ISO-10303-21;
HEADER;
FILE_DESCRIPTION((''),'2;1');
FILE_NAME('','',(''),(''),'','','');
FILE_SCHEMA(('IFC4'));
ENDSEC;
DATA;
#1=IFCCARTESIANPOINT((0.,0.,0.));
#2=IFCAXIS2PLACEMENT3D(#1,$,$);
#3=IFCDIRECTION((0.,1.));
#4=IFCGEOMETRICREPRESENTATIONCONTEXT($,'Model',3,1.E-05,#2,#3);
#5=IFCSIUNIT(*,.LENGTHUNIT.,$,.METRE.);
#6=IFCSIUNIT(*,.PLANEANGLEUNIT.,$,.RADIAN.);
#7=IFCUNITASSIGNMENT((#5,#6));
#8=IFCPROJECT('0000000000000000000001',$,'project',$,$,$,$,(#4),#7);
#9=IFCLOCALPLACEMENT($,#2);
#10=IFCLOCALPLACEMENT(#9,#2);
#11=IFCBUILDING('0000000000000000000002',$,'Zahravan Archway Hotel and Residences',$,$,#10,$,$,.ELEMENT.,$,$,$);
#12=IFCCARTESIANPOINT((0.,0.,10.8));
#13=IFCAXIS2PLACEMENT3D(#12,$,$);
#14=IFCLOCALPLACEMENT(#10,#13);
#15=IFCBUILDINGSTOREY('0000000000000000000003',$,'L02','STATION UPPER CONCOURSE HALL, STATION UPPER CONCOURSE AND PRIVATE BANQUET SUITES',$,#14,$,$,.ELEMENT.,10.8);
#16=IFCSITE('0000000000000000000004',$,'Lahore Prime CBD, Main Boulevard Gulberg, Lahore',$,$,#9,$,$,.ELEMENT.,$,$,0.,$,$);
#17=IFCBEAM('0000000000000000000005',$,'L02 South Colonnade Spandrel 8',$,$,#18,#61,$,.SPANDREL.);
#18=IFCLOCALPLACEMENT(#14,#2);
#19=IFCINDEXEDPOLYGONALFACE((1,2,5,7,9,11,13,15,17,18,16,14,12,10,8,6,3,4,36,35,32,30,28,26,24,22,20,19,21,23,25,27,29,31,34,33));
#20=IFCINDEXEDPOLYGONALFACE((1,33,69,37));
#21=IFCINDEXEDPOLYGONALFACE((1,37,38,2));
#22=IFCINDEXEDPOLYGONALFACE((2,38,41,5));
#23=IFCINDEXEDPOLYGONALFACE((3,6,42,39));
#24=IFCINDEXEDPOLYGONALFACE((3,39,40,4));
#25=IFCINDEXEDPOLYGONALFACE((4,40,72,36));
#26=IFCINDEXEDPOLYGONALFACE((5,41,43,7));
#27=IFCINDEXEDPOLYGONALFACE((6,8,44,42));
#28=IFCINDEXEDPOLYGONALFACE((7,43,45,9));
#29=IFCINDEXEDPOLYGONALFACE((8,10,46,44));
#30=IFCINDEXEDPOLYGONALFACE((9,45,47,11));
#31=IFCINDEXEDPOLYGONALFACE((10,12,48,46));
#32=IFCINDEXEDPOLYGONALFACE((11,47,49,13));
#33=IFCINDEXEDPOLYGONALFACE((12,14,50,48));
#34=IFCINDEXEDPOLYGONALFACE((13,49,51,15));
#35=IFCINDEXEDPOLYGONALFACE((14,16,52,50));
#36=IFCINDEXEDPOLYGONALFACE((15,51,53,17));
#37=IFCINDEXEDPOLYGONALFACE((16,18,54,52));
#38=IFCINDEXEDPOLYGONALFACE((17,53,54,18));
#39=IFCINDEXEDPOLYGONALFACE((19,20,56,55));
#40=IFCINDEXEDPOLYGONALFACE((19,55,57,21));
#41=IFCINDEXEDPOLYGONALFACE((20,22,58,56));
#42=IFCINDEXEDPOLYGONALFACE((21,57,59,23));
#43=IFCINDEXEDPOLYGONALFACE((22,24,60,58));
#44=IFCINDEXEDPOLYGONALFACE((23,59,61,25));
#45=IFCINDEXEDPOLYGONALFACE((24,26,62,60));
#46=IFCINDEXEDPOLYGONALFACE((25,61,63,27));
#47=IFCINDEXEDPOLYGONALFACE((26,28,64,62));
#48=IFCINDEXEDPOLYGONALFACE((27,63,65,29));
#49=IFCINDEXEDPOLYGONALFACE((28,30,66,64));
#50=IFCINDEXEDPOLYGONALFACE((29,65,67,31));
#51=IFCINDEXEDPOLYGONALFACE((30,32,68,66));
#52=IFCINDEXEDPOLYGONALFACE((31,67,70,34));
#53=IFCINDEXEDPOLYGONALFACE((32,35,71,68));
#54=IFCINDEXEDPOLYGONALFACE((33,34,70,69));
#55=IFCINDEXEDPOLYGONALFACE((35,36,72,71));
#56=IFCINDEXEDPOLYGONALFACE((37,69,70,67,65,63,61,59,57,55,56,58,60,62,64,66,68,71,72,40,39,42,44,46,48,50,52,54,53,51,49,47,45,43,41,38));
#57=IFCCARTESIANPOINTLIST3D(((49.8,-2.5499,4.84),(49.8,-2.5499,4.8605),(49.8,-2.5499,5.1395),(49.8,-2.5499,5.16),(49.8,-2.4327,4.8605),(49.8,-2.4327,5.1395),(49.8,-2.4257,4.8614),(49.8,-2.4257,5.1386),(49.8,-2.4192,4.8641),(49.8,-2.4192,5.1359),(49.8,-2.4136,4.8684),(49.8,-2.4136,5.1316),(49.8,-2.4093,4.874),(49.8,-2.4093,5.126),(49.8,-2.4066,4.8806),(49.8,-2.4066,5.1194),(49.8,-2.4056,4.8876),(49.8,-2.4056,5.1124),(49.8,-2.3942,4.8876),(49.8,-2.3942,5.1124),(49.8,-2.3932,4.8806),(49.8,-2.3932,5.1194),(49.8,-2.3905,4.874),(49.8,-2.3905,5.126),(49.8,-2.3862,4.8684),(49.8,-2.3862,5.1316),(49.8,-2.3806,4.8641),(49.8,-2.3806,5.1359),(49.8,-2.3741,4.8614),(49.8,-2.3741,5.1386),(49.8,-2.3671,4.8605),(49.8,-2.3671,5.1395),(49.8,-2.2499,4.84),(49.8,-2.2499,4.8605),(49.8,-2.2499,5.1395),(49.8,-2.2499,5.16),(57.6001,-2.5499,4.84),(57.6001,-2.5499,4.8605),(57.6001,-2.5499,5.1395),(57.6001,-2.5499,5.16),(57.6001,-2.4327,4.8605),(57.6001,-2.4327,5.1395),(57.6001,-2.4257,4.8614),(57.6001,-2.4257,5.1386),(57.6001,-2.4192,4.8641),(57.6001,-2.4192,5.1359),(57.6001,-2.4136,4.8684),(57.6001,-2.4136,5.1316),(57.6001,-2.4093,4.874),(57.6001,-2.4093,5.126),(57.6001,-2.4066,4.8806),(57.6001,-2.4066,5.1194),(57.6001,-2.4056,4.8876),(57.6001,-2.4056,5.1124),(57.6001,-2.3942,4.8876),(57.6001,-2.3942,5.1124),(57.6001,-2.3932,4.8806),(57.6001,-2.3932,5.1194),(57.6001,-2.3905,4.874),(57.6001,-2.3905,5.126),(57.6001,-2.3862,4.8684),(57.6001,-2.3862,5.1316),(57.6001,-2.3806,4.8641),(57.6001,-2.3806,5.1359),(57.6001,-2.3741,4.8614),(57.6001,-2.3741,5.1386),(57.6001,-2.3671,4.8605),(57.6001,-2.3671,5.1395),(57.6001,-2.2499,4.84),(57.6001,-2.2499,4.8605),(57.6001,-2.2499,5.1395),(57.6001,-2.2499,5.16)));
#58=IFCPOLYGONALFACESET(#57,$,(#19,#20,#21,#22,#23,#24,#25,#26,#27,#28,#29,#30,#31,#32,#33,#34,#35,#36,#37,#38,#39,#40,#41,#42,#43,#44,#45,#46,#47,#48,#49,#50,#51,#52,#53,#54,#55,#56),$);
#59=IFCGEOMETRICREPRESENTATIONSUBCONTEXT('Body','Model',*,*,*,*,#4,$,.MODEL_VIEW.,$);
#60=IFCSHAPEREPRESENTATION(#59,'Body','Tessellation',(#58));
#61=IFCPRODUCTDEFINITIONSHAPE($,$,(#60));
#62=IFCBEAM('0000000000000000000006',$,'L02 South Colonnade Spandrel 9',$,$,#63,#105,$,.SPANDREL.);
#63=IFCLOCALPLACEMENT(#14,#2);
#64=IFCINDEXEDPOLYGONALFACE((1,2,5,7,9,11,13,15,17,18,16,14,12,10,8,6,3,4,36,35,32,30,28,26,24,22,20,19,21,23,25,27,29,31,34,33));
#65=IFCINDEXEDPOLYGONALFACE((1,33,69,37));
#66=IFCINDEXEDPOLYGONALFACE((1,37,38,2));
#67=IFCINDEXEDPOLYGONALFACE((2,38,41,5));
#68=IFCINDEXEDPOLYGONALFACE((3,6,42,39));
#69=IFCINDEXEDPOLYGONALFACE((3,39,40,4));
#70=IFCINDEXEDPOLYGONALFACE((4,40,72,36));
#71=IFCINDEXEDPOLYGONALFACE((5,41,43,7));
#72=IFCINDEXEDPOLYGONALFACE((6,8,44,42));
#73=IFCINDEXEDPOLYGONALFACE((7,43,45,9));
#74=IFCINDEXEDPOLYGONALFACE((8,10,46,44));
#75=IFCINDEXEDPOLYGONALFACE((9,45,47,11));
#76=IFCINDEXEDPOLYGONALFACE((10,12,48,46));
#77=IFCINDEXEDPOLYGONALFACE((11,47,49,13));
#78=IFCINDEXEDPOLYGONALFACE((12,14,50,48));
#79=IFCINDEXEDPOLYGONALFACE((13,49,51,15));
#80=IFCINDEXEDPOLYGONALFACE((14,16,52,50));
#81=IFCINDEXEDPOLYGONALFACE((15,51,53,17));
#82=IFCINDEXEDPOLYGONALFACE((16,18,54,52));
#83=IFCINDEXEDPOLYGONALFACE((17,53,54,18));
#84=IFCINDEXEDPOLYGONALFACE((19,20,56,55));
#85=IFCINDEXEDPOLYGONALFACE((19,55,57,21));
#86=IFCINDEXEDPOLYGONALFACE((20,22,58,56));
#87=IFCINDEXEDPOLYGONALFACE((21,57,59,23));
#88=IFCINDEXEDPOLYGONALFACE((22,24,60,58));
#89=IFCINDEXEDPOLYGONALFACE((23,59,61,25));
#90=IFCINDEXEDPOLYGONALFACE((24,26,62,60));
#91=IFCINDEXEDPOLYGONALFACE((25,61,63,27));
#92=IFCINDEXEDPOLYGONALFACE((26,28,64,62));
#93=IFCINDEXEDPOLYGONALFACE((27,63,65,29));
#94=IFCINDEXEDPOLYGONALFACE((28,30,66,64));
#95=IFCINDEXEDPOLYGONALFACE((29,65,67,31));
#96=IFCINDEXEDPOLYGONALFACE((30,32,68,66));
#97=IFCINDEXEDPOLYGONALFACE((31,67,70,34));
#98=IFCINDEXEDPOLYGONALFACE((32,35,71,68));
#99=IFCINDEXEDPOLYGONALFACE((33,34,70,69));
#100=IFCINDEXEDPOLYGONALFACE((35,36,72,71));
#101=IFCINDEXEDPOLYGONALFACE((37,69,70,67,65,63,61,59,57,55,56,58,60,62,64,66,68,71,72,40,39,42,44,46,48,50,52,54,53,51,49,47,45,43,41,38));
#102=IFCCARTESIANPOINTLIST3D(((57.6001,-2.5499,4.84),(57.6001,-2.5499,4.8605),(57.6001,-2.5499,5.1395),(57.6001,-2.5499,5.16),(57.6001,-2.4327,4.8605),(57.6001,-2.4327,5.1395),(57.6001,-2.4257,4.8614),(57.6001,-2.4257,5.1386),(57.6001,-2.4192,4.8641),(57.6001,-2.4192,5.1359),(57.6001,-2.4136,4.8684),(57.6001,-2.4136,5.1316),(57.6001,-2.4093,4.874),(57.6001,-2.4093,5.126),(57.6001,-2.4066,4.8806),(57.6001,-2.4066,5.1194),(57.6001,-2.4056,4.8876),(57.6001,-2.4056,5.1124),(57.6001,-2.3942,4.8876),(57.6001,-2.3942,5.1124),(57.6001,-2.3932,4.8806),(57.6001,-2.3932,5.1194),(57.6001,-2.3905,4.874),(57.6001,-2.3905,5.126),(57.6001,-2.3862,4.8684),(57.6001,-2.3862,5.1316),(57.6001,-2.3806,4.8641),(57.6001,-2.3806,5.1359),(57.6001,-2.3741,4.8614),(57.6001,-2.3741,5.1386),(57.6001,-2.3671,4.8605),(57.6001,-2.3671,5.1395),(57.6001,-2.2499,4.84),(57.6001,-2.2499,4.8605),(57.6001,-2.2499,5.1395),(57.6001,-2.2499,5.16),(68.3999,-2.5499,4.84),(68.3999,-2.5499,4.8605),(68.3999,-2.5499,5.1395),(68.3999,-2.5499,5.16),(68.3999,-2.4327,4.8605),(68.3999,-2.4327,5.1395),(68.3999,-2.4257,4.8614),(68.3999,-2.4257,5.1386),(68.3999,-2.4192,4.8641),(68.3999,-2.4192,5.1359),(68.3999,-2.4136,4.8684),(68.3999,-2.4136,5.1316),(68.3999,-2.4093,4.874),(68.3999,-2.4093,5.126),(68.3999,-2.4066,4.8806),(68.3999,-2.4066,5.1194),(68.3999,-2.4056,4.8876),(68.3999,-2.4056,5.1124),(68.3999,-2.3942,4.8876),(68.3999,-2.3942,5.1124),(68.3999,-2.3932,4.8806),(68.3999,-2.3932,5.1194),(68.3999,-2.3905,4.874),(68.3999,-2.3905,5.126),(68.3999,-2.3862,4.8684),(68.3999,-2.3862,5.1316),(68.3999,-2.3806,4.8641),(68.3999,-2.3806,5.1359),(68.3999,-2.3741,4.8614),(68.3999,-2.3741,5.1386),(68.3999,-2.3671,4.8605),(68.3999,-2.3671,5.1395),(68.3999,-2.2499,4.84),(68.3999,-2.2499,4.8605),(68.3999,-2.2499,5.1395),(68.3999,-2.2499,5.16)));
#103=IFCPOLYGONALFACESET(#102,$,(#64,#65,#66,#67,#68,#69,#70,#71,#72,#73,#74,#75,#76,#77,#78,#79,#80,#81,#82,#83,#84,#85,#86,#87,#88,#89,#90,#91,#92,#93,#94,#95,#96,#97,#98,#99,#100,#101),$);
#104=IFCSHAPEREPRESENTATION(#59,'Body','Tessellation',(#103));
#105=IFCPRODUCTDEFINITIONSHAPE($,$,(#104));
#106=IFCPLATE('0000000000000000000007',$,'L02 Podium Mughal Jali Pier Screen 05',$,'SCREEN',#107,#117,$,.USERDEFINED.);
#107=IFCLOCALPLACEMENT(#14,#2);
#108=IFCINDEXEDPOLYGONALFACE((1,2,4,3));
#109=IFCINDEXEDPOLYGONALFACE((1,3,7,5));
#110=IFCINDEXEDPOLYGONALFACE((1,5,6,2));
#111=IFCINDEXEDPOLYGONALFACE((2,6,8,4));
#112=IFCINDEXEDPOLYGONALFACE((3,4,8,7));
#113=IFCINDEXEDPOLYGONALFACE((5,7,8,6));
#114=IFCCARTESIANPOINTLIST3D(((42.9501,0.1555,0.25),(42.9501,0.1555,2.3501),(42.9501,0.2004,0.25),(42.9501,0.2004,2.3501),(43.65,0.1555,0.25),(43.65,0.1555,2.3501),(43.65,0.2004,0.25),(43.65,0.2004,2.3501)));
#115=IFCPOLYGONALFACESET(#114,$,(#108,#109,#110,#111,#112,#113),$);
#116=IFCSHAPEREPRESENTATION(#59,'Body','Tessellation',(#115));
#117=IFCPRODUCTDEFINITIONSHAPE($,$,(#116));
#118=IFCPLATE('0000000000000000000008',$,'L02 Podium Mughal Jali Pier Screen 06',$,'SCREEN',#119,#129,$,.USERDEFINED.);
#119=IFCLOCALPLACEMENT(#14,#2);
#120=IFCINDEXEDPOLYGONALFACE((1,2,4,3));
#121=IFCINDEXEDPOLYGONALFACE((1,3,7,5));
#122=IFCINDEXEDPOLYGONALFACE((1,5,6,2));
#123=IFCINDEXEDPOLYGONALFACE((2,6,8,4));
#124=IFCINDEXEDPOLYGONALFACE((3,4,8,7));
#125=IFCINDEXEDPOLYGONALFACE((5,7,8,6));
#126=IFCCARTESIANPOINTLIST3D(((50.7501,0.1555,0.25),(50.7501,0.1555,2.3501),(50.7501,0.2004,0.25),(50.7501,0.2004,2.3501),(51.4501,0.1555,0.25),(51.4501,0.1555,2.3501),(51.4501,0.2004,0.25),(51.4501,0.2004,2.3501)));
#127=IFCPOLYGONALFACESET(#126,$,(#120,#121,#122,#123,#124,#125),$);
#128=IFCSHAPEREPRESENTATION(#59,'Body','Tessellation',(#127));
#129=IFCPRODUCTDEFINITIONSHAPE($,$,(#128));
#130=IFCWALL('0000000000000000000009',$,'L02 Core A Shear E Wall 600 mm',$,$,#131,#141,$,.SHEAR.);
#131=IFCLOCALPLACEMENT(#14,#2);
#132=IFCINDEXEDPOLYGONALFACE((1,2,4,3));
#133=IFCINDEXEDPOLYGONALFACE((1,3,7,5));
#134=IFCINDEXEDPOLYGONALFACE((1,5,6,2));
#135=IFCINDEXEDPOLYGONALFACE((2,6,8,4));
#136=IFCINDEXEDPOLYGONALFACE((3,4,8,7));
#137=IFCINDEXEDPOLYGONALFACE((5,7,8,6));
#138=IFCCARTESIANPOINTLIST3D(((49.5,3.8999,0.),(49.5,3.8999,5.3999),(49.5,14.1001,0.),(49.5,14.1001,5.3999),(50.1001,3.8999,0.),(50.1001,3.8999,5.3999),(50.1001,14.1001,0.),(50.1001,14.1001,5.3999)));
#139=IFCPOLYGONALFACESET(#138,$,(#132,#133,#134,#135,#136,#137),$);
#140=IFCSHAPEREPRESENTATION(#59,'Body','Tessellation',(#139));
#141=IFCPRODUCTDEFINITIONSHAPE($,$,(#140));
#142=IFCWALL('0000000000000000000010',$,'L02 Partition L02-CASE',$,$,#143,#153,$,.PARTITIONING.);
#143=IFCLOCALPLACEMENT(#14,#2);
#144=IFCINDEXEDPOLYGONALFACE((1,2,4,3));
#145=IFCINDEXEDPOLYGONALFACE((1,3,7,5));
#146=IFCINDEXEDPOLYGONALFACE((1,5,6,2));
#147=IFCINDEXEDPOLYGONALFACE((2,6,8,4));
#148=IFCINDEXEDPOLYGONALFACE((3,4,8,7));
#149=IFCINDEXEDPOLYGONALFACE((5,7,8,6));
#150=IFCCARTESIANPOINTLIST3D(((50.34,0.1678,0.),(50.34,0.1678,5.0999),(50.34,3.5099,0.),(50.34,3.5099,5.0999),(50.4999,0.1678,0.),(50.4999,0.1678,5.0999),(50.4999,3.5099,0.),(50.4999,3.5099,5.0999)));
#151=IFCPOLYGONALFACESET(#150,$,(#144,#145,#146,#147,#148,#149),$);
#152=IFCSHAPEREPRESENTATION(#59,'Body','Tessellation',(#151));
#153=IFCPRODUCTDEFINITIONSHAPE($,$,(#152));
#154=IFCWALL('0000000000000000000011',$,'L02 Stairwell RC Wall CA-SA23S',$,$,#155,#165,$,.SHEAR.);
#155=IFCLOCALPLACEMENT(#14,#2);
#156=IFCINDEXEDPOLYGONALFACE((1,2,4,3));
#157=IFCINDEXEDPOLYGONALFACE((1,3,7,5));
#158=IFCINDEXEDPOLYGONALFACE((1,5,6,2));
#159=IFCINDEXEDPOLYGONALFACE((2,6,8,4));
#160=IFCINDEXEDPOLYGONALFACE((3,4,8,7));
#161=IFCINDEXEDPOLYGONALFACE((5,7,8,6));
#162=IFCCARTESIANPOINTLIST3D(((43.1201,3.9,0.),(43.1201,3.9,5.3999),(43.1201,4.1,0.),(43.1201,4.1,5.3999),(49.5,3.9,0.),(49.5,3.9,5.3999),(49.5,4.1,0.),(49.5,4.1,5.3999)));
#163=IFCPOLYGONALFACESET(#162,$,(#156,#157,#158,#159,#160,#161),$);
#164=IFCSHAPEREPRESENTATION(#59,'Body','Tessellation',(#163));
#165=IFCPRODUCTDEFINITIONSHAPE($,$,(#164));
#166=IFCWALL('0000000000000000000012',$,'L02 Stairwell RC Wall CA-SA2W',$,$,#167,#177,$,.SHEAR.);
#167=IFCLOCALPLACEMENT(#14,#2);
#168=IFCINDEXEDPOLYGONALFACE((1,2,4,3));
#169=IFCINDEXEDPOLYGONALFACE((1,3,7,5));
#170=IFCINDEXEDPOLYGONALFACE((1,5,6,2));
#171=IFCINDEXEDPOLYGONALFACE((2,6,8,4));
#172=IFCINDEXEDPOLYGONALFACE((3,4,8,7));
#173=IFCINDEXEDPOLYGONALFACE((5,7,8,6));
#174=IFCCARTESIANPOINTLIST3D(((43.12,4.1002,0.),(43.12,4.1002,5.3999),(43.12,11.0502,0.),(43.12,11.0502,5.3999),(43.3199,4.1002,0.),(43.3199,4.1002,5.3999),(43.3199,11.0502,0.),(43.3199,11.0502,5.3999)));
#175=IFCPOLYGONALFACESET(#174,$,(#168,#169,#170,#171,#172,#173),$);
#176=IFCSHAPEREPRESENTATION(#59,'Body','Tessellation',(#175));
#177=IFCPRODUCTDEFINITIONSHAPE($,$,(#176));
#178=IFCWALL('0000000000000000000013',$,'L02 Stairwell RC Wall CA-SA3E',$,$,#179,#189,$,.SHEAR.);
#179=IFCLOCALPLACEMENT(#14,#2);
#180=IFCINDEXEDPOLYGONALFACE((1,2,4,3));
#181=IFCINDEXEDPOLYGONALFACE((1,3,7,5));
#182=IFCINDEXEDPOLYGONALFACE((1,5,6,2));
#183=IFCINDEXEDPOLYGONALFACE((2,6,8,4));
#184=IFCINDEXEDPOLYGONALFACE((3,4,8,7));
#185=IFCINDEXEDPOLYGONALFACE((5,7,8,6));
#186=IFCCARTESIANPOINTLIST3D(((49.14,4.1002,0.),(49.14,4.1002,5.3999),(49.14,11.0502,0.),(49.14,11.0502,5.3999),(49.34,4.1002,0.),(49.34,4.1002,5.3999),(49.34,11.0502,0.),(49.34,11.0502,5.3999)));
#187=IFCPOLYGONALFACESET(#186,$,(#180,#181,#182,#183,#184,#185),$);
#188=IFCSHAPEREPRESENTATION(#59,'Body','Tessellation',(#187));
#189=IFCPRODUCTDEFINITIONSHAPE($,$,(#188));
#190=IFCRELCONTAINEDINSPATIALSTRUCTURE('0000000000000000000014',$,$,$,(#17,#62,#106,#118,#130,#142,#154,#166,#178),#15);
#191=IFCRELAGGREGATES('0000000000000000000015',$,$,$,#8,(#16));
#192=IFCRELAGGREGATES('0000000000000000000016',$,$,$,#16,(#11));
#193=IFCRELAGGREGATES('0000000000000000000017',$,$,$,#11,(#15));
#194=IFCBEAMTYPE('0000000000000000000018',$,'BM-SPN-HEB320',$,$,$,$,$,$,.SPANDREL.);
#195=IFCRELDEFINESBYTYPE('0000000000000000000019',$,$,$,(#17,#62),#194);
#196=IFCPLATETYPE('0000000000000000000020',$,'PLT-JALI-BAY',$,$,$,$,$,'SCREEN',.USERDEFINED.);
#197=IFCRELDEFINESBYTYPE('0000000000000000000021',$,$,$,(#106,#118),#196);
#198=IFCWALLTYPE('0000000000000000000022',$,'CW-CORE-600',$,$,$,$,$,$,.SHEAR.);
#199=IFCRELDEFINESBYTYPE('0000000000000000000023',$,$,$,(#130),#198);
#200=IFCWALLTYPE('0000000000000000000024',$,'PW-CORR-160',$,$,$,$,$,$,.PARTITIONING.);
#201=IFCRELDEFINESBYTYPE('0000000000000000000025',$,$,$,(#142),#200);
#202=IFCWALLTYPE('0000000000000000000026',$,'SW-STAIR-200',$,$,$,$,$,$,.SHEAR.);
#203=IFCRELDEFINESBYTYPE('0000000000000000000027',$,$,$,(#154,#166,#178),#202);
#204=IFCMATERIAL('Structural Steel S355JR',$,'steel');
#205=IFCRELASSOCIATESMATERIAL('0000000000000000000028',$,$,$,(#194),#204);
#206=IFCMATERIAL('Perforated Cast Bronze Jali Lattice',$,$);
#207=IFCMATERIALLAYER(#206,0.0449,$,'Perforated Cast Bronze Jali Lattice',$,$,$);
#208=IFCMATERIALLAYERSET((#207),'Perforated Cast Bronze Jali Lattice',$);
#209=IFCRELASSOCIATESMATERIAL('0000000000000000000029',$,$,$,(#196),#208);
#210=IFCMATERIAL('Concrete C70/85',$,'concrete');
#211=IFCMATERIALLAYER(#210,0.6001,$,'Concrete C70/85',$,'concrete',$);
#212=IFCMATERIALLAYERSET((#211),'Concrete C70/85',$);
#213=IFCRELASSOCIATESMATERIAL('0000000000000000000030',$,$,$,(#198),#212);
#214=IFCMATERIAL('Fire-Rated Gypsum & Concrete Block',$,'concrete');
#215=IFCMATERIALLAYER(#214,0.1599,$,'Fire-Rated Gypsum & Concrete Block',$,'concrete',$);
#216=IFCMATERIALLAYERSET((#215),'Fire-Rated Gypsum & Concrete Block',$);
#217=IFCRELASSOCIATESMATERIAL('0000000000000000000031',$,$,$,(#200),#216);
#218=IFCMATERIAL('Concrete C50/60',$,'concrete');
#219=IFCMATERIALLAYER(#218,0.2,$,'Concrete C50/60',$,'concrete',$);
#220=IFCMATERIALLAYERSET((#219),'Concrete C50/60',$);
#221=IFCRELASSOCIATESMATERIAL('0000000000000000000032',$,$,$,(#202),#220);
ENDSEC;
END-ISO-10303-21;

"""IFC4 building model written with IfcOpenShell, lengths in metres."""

from ifc_helpers import new_model, si_unit, direction, frame, frame_2d, origin, origin_2d, place, context, subcontext, project, spatial, rectangle, i_section, extrude, source, transform, mapped, material, layer, layer_set, material_profile, profile_set, type_object, type_shapes, element, save


model = new_model("IFC4")

# Units and contexts
model_context = context("Model", 3, precision=1e-05, world=origin(), true_north=direction((0.0, 1.0)))
body_context = subcontext(model_context, "Body", "Model", "MODEL_VIEW")
ifc_project = project(units=[si_unit("LENGTHUNIT", "METRE"), si_unit("PLANEANGLEUNIT", "RADIAN")], contexts=[model_context])

# Site, building, storey
site_placement = place(None, origin())
site = spatial("IfcSite", under=ifc_project, at=site_placement, Name="Lahore Prime CBD, Main Boulevard Gulberg, Lahore", CompositionType="ELEMENT", RefElevation=0.0)
building_placement = place(site_placement, origin())
building = spatial("IfcBuilding", under=site, at=building_placement, Name="Zahravan Archway Hotel and Residences", CompositionType="ELEMENT")
storey_placement = place(building_placement, frame((0.0, 0.0, 10.8)))
storey = spatial("IfcBuildingStorey", under=building, at=storey_placement, Name="L02", Description="STATION UPPER CONCOURSE HALL, STATION UPPER CONCOURSE AND PRIVATE BANQUET SUITES", CompositionType="ELEMENT", Elevation=10.8)

# Beams
ifc_material_1 = material(Name="Structural Steel S355JR", Category="steel")
ifc_material_profile_1 = material_profile(ifc_material_1, i_section(OverallWidth=0.3, OverallDepth=0.3201, WebThickness=0.0115, FlangeThickness=0.0205, FilletRadius=0.0271, at=origin_2d()), Name="HEB 320", Category="steel")
ifc_profile_set_1 = profile_set([ifc_material_profile_1], Name="Structural Steel S355JR")
beam_type_1 = type_object("IfcBeamType", Name="BM-SPN-HEB320", PredefinedType="SPANDREL", material=ifc_profile_set_1)
shared_shape_1 = source(origin(), body_context, "Body", "SweptSolid", [
    extrude(i_section(OverallWidth=0.3, OverallDepth=0.3201, WebThickness=0.0115, FlangeThickness=0.0205, FilletRadius=0.0271, at=origin_2d()), origin(), (0.0, 0.0, 1.0), 7.8),
])
for number, where, z_axis, x_axis, name in (
    (1, (49.8, -2.3999, 5.0), (1.0, 0.0, 0.0), (0.0, 1.0, 0.0), "L02 South Colonnade Spandrel 8"),
):
    element("IfcBeam", number, at=place(storey_placement, frame(where, z_axis=z_axis, x_axis=x_axis)), inside=storey, type_object=beam_type_1, Name=name, PredefinedType="SPANDREL", context=body_context, shape_type="MappedRepresentation", body=[
        mapped(shared_shape_1, transform((0.0, 0.0, 0.0), scale=1.0)),
    ])
shared_shape_2 = source(origin(), body_context, "Body", "SweptSolid", [
    extrude(i_section(OverallWidth=0.3, OverallDepth=0.3201, WebThickness=0.0115, FlangeThickness=0.0205, FilletRadius=0.0271, at=origin_2d()), origin(), (0.0, 0.0, 1.0), 10.7998),
])
beam_1_placement = place(storey_placement, frame((57.6001, -2.3999, 5.0), z_axis=(1.0, 0.0, 0.0), x_axis=(0.0, 1.0, 0.0)))
element("IfcBeam", 2, at=beam_1_placement, inside=storey, type_object=beam_type_1, Name="L02 South Colonnade Spandrel 9", PredefinedType="SPANDREL", context=body_context, shape_type="MappedRepresentation", body=[
    mapped(shared_shape_2, transform((0.0, 0.0, 0.0), scale=1.0)),
])

# Plates
ifc_material_2 = material(Name="Perforated Cast Bronze Jali Lattice")
ifc_layer_1 = layer(ifc_material_2, 0.0449, Name="Perforated Cast Bronze Jali Lattice")
ifc_layer_set_1 = layer_set([ifc_layer_1], Name="Perforated Cast Bronze Jali Lattice")
plate_type = type_object("IfcPlateType", Name="PLT-JALI-BAY", ElementType="SCREEN", PredefinedType="USERDEFINED", material=ifc_layer_set_1)
shared_shape_3 = source(origin(), body_context, "Body", "SweptSolid", [
    extrude(rectangle(XDim=0.7, YDim=0.0449, at=origin_2d()), origin(), (0.0, 0.0, 1.0), 2.1001),
])
type_shapes(plate_type, [shared_shape_3])
for number, where, z_axis, x_axis, name in (
    (3, (43.3, 0.178, 0.25), (0.0, 0.0, 1.0), (1.0, 0.0, 0.0), "L02 Podium Mughal Jali Pier Screen 05"),
    (4, (51.1001, 0.178, 0.25), (0.0, 0.0, 1.0), (1.0, 0.0, 0.0), "L02 Podium Mughal Jali Pier Screen 06"),
):
    element("IfcPlate", number, at=place(storey_placement, frame(where, z_axis=z_axis, x_axis=x_axis)), inside=storey, type_object=plate_type, Name=name, ObjectType="SCREEN", PredefinedType="USERDEFINED", context=body_context, shape_type="MappedRepresentation", body=[
        mapped(shared_shape_3, transform((0.0, 0.0, 0.0), scale=1.0)),
    ])

# Walls
ifc_material_3 = material(Name="Concrete C70/85", Category="concrete")
ifc_layer_2 = layer(ifc_material_3, 0.6001, Name="Concrete C70/85", Category="concrete")
ifc_layer_set_2 = layer_set([ifc_layer_2], Name="Concrete C70/85")
wall_type_1 = type_object("IfcWallType", Name="CW-CORE-600", PredefinedType="SHEAR", material=ifc_layer_set_2)
wall_1_placement = place(storey_placement, frame((49.8, 3.8999, 0.0), z_axis=(0.0, 0.0, 1.0), x_axis=(0.0, 1.0, 0.0)))
element("IfcWall", 5, at=wall_1_placement, inside=storey, type_object=wall_type_1, Name="L02 Core A Shear E Wall 600 mm", PredefinedType="SHEAR", context=body_context, shape_type="SweptSolid", body=[
    extrude(rectangle(XDim=10.2002, YDim=0.6001, at=frame_2d((5.1001, 0.0))), origin(), (0.0, 0.0, 1.0), 5.3999),
])
ifc_material_4 = material(Name="Fire-Rated Gypsum & Concrete Block", Category="concrete")
ifc_layer_3 = layer(ifc_material_4, 0.1599, Name="Fire-Rated Gypsum & Concrete Block", Category="concrete")
ifc_layer_set_3 = layer_set([ifc_layer_3], Name="Fire-Rated Gypsum & Concrete Block")
wall_type_2 = type_object("IfcWallType", Name="PW-CORR-160", PredefinedType="PARTITIONING", material=ifc_layer_set_3)
wall_2_placement = place(storey_placement, frame((50.4199, 0.168, 0.0), z_axis=(0.0, 0.0, 1.0), x_axis=(0.0, 1.0, 0.0)))
element("IfcWall", 6, at=wall_2_placement, inside=storey, type_object=wall_type_2, Name="L02 Partition L02-CASE", PredefinedType="PARTITIONING", context=body_context, shape_type="SweptSolid", body=[
    extrude(rectangle(XDim=3.342, YDim=0.1599, at=frame_2d((1.6709, 0.0))), origin(), (0.0, 0.0, 1.0), 5.0999),
])
ifc_material_5 = material(Name="Concrete C50/60", Category="concrete")
ifc_layer_4 = layer(ifc_material_5, 0.2, Name="Concrete C50/60", Category="concrete")
ifc_layer_set_4 = layer_set([ifc_layer_4], Name="Concrete C50/60")
wall_type_3 = type_object("IfcWallType", Name="SW-STAIR-200", PredefinedType="SHEAR", material=ifc_layer_set_4)
wall_3_placement = place(storey_placement, frame((43.1201, 4.0, 0.0), z_axis=(0.0, 0.0, 1.0), x_axis=(1.0, 0.0, 0.0)))
element("IfcWall", 7, at=wall_3_placement, inside=storey, type_object=wall_type_3, Name="L02 Stairwell RC Wall CA-SA23S", PredefinedType="SHEAR", context=body_context, shape_type="SweptSolid", body=[
    extrude(rectangle(XDim=6.3799, YDim=0.2, at=frame_2d((3.1899, 0.0))), origin(), (0.0, 0.0, 1.0), 5.3999),
])
for number, where, z_axis, x_axis, name in (
    (8, (43.22, 4.1001, 0.0), (0.0, 0.0, 1.0), (0.0, 1.0, 0.0), "L02 Stairwell RC Wall CA-SA2W"),
    (9, (49.24, 4.1001, 0.0), (0.0, 0.0, 1.0), (0.0, 1.0, 0.0), "L02 Stairwell RC Wall CA-SA3E"),
):
    element("IfcWall", number, at=place(storey_placement, frame(where, z_axis=z_axis, x_axis=x_axis)), inside=storey, type_object=wall_type_3, Name=name, PredefinedType="SHEAR", context=body_context, shape_type="SweptSolid", body=[
        extrude(rectangle(XDim=6.95, YDim=0.2, at=frame_2d((3.4751, 0.0))), origin(), (0.0, 0.0, 1.0), 5.3999),
    ])

save(model, "model.ifc")
